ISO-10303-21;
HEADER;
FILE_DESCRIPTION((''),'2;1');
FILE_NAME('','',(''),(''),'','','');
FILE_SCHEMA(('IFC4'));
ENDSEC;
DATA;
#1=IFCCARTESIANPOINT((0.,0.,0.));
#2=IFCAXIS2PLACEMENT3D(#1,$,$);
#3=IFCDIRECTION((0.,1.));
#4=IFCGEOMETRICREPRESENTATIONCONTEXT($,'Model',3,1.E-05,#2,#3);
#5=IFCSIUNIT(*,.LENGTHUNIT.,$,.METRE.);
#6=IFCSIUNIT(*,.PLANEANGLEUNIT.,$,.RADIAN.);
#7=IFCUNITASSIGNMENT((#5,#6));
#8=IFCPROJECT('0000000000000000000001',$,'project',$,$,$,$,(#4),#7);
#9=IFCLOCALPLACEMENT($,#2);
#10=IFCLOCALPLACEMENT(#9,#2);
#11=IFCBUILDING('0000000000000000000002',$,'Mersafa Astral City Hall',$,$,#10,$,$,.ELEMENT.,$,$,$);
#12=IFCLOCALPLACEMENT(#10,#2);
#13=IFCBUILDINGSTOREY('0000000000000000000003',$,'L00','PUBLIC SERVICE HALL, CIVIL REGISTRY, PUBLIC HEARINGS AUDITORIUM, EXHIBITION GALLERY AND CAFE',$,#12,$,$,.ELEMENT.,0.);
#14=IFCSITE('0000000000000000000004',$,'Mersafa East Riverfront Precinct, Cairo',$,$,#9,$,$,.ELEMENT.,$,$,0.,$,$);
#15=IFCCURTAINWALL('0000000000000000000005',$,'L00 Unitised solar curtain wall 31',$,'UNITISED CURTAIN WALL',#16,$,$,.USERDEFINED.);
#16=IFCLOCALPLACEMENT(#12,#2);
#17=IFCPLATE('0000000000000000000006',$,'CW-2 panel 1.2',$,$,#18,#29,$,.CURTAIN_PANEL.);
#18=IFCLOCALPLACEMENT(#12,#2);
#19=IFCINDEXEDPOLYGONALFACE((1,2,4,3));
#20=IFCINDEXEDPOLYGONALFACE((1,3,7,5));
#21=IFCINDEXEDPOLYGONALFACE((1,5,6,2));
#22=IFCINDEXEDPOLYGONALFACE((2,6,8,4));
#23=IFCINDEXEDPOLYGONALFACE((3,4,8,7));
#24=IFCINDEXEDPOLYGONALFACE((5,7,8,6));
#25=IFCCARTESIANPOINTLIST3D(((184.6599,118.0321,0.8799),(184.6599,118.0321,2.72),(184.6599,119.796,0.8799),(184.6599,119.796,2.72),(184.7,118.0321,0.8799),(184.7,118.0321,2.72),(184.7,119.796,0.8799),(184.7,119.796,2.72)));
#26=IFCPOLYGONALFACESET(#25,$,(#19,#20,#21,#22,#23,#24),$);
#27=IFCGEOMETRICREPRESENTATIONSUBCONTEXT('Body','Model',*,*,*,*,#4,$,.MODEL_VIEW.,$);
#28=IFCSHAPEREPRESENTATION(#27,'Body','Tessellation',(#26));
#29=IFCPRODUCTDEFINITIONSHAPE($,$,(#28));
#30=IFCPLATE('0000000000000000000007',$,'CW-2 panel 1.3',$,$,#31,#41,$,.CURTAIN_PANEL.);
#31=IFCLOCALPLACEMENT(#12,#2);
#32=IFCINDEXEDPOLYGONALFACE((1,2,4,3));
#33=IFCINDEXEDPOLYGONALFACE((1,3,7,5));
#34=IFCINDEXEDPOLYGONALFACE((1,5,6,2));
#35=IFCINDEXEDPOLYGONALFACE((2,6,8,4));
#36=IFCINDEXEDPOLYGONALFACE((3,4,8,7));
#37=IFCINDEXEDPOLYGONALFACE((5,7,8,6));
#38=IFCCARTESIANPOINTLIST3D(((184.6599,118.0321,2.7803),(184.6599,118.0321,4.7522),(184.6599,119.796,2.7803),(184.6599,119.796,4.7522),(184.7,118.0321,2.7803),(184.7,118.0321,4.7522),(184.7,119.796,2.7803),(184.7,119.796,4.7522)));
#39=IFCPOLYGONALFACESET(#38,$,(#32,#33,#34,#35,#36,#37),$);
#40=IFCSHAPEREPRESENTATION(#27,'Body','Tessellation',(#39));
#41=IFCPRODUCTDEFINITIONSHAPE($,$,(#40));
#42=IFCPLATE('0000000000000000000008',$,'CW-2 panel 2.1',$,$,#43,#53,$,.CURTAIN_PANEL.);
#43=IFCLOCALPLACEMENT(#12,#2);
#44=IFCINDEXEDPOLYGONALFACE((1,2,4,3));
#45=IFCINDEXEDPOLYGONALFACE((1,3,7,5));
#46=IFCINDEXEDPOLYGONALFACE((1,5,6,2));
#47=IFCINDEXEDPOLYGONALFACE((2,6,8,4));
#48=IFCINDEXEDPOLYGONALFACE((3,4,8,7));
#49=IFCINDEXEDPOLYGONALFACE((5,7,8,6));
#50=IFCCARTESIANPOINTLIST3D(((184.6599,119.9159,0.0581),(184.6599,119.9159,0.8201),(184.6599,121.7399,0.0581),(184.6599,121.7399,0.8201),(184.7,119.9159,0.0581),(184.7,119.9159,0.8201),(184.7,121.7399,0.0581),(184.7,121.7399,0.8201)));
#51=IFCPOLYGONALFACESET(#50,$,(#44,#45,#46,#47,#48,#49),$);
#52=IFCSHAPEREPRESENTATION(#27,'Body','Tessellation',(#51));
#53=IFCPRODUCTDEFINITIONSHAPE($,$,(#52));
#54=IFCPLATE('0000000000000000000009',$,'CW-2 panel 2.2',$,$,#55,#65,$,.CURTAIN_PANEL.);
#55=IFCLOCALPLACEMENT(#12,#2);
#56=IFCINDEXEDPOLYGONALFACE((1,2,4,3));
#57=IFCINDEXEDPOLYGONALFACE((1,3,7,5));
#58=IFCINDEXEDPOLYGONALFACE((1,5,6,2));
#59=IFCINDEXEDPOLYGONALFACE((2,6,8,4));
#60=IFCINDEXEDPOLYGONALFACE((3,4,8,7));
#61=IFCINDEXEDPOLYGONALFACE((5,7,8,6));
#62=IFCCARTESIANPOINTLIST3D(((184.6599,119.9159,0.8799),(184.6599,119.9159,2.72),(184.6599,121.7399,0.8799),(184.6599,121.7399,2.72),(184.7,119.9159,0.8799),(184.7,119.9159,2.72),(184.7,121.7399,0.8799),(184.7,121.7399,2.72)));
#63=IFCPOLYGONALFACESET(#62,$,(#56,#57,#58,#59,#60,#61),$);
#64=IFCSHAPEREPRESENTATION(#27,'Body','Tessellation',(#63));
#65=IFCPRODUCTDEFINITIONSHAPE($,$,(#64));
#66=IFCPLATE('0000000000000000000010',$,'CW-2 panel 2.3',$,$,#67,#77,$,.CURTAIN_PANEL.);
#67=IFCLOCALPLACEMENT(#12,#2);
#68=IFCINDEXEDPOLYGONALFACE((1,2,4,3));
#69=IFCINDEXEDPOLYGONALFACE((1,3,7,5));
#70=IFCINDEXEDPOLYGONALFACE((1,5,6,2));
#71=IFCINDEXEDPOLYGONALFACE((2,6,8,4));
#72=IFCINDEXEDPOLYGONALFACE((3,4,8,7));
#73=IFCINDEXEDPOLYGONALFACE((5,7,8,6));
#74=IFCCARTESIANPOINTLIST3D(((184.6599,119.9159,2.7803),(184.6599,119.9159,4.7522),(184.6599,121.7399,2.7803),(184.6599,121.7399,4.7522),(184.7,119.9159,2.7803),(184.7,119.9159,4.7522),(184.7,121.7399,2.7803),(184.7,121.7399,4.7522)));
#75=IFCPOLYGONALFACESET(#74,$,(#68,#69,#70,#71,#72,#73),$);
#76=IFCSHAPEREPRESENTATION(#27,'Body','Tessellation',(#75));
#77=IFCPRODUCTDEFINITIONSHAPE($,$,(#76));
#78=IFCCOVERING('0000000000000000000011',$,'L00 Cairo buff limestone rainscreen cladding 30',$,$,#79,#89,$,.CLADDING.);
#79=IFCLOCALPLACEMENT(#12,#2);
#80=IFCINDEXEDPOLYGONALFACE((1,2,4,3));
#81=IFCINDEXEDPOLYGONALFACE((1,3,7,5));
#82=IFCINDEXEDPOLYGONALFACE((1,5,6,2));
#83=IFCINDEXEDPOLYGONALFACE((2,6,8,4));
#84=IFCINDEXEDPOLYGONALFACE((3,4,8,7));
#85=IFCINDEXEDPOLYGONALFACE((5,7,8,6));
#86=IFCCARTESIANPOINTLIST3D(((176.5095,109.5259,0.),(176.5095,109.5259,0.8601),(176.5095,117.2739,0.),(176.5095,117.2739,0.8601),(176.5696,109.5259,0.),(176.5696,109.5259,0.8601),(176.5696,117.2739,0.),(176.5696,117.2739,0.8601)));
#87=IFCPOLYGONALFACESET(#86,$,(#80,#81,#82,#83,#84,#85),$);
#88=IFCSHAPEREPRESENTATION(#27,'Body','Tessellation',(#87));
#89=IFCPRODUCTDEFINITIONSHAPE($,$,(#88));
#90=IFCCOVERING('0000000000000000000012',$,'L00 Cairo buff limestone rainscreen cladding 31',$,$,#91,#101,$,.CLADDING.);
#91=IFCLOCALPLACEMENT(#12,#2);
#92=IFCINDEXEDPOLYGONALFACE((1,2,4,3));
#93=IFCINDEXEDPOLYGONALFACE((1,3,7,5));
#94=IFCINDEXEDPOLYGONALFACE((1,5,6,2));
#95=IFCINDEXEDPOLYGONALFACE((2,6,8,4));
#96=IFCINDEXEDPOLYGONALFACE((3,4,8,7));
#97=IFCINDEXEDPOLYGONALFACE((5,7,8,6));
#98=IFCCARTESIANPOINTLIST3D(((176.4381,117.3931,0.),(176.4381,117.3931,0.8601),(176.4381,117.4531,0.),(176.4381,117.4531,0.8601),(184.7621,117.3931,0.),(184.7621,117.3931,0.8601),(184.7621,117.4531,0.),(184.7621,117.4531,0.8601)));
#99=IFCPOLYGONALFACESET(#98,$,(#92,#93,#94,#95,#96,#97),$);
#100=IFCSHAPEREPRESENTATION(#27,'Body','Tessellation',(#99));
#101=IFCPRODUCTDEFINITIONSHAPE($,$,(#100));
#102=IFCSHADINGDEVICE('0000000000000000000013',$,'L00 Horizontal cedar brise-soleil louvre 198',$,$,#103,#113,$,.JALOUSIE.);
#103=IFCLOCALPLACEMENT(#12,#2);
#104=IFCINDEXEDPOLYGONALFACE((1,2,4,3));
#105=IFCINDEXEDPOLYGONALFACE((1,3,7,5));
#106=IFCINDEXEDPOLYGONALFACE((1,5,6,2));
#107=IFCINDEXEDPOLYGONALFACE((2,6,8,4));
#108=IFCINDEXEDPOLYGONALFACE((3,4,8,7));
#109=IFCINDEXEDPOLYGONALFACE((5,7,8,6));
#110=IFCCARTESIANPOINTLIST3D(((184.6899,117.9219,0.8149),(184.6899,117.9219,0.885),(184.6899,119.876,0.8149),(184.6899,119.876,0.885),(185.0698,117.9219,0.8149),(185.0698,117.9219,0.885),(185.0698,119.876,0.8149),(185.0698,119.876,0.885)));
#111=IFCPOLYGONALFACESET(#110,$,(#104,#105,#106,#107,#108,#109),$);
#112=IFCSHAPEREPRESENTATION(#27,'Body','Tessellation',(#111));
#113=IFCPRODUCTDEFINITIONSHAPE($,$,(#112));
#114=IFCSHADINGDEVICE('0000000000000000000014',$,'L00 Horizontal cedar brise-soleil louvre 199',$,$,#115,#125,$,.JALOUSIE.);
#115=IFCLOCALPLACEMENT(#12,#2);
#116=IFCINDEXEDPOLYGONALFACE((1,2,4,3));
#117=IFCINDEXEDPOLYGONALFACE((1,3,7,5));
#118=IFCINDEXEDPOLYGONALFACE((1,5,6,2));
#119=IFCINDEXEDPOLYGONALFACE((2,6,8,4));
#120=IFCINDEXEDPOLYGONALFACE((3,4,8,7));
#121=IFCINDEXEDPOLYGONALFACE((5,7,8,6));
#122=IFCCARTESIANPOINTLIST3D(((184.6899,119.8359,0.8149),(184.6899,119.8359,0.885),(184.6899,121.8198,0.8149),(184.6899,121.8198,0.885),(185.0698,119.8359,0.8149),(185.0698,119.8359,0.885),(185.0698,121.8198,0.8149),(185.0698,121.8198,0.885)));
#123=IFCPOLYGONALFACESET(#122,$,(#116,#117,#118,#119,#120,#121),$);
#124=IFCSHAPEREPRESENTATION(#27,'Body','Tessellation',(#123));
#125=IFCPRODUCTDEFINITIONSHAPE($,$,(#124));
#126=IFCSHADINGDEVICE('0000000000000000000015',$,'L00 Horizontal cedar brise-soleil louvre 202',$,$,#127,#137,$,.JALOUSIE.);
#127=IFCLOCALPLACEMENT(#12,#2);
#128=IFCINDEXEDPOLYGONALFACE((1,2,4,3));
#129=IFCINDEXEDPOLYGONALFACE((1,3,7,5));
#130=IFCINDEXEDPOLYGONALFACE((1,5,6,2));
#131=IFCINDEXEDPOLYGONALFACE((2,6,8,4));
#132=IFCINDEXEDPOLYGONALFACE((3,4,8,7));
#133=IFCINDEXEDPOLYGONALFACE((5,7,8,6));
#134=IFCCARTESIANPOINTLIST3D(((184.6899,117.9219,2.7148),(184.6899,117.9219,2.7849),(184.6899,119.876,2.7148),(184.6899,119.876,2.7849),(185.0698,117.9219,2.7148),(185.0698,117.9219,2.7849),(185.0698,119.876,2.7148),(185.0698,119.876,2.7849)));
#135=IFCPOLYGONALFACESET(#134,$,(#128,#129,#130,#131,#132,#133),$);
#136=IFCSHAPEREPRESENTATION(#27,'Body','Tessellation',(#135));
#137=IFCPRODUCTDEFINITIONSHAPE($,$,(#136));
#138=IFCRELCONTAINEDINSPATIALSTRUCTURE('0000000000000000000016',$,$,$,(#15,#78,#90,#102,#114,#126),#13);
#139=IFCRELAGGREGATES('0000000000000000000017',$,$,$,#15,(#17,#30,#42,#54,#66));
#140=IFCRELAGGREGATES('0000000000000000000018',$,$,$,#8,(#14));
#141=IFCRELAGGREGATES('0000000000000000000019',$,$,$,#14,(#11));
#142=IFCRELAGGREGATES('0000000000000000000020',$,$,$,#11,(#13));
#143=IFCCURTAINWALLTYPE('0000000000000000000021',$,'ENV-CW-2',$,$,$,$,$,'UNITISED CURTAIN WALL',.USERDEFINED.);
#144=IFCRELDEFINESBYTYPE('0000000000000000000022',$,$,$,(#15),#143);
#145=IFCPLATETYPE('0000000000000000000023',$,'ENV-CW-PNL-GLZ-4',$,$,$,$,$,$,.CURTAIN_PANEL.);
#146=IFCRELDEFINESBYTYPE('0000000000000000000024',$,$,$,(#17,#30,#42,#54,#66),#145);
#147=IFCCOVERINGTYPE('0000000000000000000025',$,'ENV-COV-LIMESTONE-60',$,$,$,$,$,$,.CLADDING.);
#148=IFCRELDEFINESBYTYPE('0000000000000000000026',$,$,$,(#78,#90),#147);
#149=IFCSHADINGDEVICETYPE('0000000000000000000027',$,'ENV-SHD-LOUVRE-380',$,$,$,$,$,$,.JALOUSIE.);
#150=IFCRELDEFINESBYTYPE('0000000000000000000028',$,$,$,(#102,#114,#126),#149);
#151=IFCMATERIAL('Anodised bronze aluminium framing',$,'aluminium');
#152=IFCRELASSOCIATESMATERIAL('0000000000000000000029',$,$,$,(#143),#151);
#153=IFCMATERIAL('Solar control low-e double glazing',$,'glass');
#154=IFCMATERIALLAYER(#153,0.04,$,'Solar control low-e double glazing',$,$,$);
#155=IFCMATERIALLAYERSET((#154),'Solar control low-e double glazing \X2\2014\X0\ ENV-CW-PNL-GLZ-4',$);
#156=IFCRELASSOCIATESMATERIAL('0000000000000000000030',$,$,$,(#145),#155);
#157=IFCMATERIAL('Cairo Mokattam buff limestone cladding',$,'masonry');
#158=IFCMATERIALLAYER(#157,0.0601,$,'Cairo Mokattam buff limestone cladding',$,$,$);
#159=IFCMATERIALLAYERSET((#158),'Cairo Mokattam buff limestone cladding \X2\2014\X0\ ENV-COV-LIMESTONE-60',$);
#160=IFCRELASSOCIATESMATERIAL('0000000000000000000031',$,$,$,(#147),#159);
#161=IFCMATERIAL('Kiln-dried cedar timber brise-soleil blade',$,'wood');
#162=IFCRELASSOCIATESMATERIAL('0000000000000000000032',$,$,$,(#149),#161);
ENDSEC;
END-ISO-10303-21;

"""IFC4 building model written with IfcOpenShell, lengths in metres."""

from ifc_helpers import new_model, si_unit, direction, frame, origin, origin_2d, place, context, subcontext, project, spatial, rectangle, extrude, material, layer, layer_set, type_object, element, aggregate, save


model = new_model("IFC4")

# Units and contexts
model_context = context("Model", 3, precision=1e-05, world=origin(), true_north=direction((0.0, 1.0)))
body_context = subcontext(model_context, "Body", "Model", "MODEL_VIEW")
ifc_project = project(units=[si_unit("LENGTHUNIT", "METRE"), si_unit("PLANEANGLEUNIT", "RADIAN")], contexts=[model_context])

# Site, building, storey
site_placement = place(None, origin())
site = spatial("IfcSite", under=ifc_project, at=site_placement, Name="Mersafa East Riverfront Precinct, Cairo", CompositionType="ELEMENT", RefElevation=0.0)
building_placement = place(site_placement, origin())
building = spatial("IfcBuilding", under=site, at=building_placement, Name="Mersafa Astral City Hall", CompositionType="ELEMENT")
storey_placement = place(building_placement, origin())
storey = spatial("IfcBuildingStorey", under=building, at=storey_placement, Name="L00", Description="PUBLIC SERVICE HALL, CIVIL REGISTRY, PUBLIC HEARINGS AUDITORIUM, EXHIBITION GALLERY AND CAFE", CompositionType="ELEMENT", Elevation=0.0)

# Curtain wall
ifc_material_1 = material(Name="Anodised bronze aluminium framing", Category="aluminium")
curtain_wall_type = type_object("IfcCurtainWallType", Name="ENV-CW-2", ElementType="UNITISED CURTAIN WALL", PredefinedType="USERDEFINED", material=ifc_material_1)
curtain_wall_placement = place(storey_placement, origin())
curtain_wall = element("IfcCurtainWall", 1, at=curtain_wall_placement, inside=storey, type_object=curtain_wall_type, Name="L00 Unitised solar curtain wall 31", ObjectType="UNITISED CURTAIN WALL", PredefinedType="USERDEFINED")

# Plates
ifc_material_2 = material(Name="Solar control low-e double glazing", Category="glass")
ifc_layer_1 = layer(ifc_material_2, 0.04, Name="Solar control low-e double glazing")
ifc_layer_set_1 = layer_set([ifc_layer_1], Name="Solar control low-e double glazing — ENV-CW-PNL-GLZ-4")
plate_type = type_object("IfcPlateType", Name="ENV-CW-PNL-GLZ-4", PredefinedType="CURTAIN_PANEL", material=ifc_layer_set_1)
plate_1_placement = place(storey_placement, frame((184.6799, 118.9141, 0.8799), z_axis=(0.0, 0.0, 1.0), x_axis=(0.0, 1.0, 0.0)))
plate_1 = element("IfcPlate", 2, at=plate_1_placement, type_object=plate_type, Name="CW-2 panel 1.2", PredefinedType="CURTAIN_PANEL", context=body_context, shape_type="SweptSolid", body=[
    extrude(rectangle(XDim=1.7639, YDim=0.04, at=origin_2d()), origin(), (0.0, 0.0, 1.0), 1.8401),
])
plate_2_placement = place(storey_placement, frame((184.6799, 118.9141, 2.7803), z_axis=(0.0, 0.0, 1.0), x_axis=(0.0, 1.0, 0.0)))
plate_2 = element("IfcPlate", 3, at=plate_2_placement, type_object=plate_type, Name="CW-2 panel 1.3", PredefinedType="CURTAIN_PANEL", context=body_context, shape_type="SweptSolid", body=[
    extrude(rectangle(XDim=1.7639, YDim=0.04, at=origin_2d()), origin(), (0.0, 0.0, 1.0), 1.9719),
])
plate_3_placement = place(storey_placement, frame((184.6799, 120.8279, 0.0581), z_axis=(0.0, 0.0, 1.0), x_axis=(0.0, 1.0, 0.0)))
plate_3 = element("IfcPlate", 4, at=plate_3_placement, type_object=plate_type, Name="CW-2 panel 2.1", PredefinedType="CURTAIN_PANEL", context=body_context, shape_type="SweptSolid", body=[
    extrude(rectangle(XDim=1.824, YDim=0.04, at=origin_2d()), origin(), (0.0, 0.0, 1.0), 0.762),
])
plate_4_placement = place(storey_placement, frame((184.6799, 120.8279, 0.8799), z_axis=(0.0, 0.0, 1.0), x_axis=(0.0, 1.0, 0.0)))
plate_4 = element("IfcPlate", 5, at=plate_4_placement, type_object=plate_type, Name="CW-2 panel 2.2", PredefinedType="CURTAIN_PANEL", context=body_context, shape_type="SweptSolid", body=[
    extrude(rectangle(XDim=1.824, YDim=0.04, at=origin_2d()), origin(), (0.0, 0.0, 1.0), 1.8401),
])
plate_5_placement = place(storey_placement, frame((184.6799, 120.8279, 2.7803), z_axis=(0.0, 0.0, 1.0), x_axis=(0.0, 1.0, 0.0)))
plate_5 = element("IfcPlate", 6, at=plate_5_placement, type_object=plate_type, Name="CW-2 panel 2.3", PredefinedType="CURTAIN_PANEL", context=body_context, shape_type="SweptSolid", body=[
    extrude(rectangle(XDim=1.824, YDim=0.04, at=origin_2d()), origin(), (0.0, 0.0, 1.0), 1.9719),
])
aggregate(curtain_wall, [plate_1, plate_2, plate_3, plate_4, plate_5])

# Coverings
ifc_material_3 = material(Name="Cairo Mokattam buff limestone cladding", Category="masonry")
ifc_layer_2 = layer(ifc_material_3, 0.0601, Name="Cairo Mokattam buff limestone cladding")
ifc_layer_set_2 = layer_set([ifc_layer_2], Name="Cairo Mokattam buff limestone cladding — ENV-COV-LIMESTONE-60")
covering_type = type_object("IfcCoveringType", Name="ENV-COV-LIMESTONE-60", PredefinedType="CLADDING", material=ifc_layer_set_2)
covering_1_placement = place(storey_placement, frame((176.5396, 113.3999, 0.0), z_axis=(0.0, 0.0, 1.0), x_axis=(0.0, 1.0, 0.0)))
element("IfcCovering", 7, at=covering_1_placement, inside=storey, type_object=covering_type, Name="L00 Cairo buff limestone rainscreen cladding 30", PredefinedType="CLADDING", context=body_context, shape_type="SweptSolid", body=[
    extrude(rectangle(XDim=7.748, YDim=0.0601, at=origin_2d()), origin(), (0.0, 0.0, 1.0), 0.8601),
])
covering_2_placement = place(storey_placement, frame((180.6001, 117.4231, 0.0), z_axis=(0.0, 0.0, 1.0), x_axis=(1.0, 0.0, 0.0)))
element("IfcCovering", 8, at=covering_2_placement, inside=storey, type_object=covering_type, Name="L00 Cairo buff limestone rainscreen cladding 31", PredefinedType="CLADDING", context=body_context, shape_type="SweptSolid", body=[
    extrude(rectangle(XDim=8.324, YDim=0.0601, at=origin_2d()), origin(), (0.0, 0.0, 1.0), 0.8601),
])

# Shading devices
ifc_material_4 = material(Name="Kiln-dried cedar timber brise-soleil blade", Category="wood")
shading_device_type = type_object("IfcShadingDeviceType", Name="ENV-SHD-LOUVRE-380", PredefinedType="JALOUSIE", material=ifc_material_4)
shading_device_1_placement = place(storey_placement, frame((184.8799, 118.8989, 0.8149), z_axis=(0.0, 0.0, 1.0), x_axis=(0.0, 1.0, 0.0)))
element("IfcShadingDevice", 9, at=shading_device_1_placement, inside=storey, type_object=shading_device_type, Name="L00 Horizontal cedar brise-soleil louvre 198", PredefinedType="JALOUSIE", context=body_context, shape_type="SweptSolid", body=[
    extrude(rectangle(XDim=1.9541, YDim=0.3799, at=origin_2d()), origin(), (0.0, 0.0, 1.0), 0.0701),
])
shading_device_2_placement = place(storey_placement, frame((184.8799, 120.8279, 0.8149), z_axis=(0.0, 0.0, 1.0), x_axis=(0.0, 1.0, 0.0)))
element("IfcShadingDevice", 10, at=shading_device_2_placement, inside=storey, type_object=shading_device_type, Name="L00 Horizontal cedar brise-soleil louvre 199", PredefinedType="JALOUSIE", context=body_context, shape_type="SweptSolid", body=[
    extrude(rectangle(XDim=1.9839, YDim=0.3799, at=origin_2d()), origin(), (0.0, 0.0, 1.0), 0.0701),
])
shading_device_3_placement = place(storey_placement, frame((184.8799, 118.8989, 2.7148), z_axis=(0.0, 0.0, 1.0), x_axis=(0.0, 1.0, 0.0)))
element("IfcShadingDevice", 11, at=shading_device_3_placement, inside=storey, type_object=shading_device_type, Name="L00 Horizontal cedar brise-soleil louvre 202", PredefinedType="JALOUSIE", context=body_context, shape_type="SweptSolid", body=[
    extrude(rectangle(XDim=1.9541, YDim=0.3799, at=origin_2d()), origin(), (0.0, 0.0, 1.0), 0.0701),
])

save(model, "model.ifc")
